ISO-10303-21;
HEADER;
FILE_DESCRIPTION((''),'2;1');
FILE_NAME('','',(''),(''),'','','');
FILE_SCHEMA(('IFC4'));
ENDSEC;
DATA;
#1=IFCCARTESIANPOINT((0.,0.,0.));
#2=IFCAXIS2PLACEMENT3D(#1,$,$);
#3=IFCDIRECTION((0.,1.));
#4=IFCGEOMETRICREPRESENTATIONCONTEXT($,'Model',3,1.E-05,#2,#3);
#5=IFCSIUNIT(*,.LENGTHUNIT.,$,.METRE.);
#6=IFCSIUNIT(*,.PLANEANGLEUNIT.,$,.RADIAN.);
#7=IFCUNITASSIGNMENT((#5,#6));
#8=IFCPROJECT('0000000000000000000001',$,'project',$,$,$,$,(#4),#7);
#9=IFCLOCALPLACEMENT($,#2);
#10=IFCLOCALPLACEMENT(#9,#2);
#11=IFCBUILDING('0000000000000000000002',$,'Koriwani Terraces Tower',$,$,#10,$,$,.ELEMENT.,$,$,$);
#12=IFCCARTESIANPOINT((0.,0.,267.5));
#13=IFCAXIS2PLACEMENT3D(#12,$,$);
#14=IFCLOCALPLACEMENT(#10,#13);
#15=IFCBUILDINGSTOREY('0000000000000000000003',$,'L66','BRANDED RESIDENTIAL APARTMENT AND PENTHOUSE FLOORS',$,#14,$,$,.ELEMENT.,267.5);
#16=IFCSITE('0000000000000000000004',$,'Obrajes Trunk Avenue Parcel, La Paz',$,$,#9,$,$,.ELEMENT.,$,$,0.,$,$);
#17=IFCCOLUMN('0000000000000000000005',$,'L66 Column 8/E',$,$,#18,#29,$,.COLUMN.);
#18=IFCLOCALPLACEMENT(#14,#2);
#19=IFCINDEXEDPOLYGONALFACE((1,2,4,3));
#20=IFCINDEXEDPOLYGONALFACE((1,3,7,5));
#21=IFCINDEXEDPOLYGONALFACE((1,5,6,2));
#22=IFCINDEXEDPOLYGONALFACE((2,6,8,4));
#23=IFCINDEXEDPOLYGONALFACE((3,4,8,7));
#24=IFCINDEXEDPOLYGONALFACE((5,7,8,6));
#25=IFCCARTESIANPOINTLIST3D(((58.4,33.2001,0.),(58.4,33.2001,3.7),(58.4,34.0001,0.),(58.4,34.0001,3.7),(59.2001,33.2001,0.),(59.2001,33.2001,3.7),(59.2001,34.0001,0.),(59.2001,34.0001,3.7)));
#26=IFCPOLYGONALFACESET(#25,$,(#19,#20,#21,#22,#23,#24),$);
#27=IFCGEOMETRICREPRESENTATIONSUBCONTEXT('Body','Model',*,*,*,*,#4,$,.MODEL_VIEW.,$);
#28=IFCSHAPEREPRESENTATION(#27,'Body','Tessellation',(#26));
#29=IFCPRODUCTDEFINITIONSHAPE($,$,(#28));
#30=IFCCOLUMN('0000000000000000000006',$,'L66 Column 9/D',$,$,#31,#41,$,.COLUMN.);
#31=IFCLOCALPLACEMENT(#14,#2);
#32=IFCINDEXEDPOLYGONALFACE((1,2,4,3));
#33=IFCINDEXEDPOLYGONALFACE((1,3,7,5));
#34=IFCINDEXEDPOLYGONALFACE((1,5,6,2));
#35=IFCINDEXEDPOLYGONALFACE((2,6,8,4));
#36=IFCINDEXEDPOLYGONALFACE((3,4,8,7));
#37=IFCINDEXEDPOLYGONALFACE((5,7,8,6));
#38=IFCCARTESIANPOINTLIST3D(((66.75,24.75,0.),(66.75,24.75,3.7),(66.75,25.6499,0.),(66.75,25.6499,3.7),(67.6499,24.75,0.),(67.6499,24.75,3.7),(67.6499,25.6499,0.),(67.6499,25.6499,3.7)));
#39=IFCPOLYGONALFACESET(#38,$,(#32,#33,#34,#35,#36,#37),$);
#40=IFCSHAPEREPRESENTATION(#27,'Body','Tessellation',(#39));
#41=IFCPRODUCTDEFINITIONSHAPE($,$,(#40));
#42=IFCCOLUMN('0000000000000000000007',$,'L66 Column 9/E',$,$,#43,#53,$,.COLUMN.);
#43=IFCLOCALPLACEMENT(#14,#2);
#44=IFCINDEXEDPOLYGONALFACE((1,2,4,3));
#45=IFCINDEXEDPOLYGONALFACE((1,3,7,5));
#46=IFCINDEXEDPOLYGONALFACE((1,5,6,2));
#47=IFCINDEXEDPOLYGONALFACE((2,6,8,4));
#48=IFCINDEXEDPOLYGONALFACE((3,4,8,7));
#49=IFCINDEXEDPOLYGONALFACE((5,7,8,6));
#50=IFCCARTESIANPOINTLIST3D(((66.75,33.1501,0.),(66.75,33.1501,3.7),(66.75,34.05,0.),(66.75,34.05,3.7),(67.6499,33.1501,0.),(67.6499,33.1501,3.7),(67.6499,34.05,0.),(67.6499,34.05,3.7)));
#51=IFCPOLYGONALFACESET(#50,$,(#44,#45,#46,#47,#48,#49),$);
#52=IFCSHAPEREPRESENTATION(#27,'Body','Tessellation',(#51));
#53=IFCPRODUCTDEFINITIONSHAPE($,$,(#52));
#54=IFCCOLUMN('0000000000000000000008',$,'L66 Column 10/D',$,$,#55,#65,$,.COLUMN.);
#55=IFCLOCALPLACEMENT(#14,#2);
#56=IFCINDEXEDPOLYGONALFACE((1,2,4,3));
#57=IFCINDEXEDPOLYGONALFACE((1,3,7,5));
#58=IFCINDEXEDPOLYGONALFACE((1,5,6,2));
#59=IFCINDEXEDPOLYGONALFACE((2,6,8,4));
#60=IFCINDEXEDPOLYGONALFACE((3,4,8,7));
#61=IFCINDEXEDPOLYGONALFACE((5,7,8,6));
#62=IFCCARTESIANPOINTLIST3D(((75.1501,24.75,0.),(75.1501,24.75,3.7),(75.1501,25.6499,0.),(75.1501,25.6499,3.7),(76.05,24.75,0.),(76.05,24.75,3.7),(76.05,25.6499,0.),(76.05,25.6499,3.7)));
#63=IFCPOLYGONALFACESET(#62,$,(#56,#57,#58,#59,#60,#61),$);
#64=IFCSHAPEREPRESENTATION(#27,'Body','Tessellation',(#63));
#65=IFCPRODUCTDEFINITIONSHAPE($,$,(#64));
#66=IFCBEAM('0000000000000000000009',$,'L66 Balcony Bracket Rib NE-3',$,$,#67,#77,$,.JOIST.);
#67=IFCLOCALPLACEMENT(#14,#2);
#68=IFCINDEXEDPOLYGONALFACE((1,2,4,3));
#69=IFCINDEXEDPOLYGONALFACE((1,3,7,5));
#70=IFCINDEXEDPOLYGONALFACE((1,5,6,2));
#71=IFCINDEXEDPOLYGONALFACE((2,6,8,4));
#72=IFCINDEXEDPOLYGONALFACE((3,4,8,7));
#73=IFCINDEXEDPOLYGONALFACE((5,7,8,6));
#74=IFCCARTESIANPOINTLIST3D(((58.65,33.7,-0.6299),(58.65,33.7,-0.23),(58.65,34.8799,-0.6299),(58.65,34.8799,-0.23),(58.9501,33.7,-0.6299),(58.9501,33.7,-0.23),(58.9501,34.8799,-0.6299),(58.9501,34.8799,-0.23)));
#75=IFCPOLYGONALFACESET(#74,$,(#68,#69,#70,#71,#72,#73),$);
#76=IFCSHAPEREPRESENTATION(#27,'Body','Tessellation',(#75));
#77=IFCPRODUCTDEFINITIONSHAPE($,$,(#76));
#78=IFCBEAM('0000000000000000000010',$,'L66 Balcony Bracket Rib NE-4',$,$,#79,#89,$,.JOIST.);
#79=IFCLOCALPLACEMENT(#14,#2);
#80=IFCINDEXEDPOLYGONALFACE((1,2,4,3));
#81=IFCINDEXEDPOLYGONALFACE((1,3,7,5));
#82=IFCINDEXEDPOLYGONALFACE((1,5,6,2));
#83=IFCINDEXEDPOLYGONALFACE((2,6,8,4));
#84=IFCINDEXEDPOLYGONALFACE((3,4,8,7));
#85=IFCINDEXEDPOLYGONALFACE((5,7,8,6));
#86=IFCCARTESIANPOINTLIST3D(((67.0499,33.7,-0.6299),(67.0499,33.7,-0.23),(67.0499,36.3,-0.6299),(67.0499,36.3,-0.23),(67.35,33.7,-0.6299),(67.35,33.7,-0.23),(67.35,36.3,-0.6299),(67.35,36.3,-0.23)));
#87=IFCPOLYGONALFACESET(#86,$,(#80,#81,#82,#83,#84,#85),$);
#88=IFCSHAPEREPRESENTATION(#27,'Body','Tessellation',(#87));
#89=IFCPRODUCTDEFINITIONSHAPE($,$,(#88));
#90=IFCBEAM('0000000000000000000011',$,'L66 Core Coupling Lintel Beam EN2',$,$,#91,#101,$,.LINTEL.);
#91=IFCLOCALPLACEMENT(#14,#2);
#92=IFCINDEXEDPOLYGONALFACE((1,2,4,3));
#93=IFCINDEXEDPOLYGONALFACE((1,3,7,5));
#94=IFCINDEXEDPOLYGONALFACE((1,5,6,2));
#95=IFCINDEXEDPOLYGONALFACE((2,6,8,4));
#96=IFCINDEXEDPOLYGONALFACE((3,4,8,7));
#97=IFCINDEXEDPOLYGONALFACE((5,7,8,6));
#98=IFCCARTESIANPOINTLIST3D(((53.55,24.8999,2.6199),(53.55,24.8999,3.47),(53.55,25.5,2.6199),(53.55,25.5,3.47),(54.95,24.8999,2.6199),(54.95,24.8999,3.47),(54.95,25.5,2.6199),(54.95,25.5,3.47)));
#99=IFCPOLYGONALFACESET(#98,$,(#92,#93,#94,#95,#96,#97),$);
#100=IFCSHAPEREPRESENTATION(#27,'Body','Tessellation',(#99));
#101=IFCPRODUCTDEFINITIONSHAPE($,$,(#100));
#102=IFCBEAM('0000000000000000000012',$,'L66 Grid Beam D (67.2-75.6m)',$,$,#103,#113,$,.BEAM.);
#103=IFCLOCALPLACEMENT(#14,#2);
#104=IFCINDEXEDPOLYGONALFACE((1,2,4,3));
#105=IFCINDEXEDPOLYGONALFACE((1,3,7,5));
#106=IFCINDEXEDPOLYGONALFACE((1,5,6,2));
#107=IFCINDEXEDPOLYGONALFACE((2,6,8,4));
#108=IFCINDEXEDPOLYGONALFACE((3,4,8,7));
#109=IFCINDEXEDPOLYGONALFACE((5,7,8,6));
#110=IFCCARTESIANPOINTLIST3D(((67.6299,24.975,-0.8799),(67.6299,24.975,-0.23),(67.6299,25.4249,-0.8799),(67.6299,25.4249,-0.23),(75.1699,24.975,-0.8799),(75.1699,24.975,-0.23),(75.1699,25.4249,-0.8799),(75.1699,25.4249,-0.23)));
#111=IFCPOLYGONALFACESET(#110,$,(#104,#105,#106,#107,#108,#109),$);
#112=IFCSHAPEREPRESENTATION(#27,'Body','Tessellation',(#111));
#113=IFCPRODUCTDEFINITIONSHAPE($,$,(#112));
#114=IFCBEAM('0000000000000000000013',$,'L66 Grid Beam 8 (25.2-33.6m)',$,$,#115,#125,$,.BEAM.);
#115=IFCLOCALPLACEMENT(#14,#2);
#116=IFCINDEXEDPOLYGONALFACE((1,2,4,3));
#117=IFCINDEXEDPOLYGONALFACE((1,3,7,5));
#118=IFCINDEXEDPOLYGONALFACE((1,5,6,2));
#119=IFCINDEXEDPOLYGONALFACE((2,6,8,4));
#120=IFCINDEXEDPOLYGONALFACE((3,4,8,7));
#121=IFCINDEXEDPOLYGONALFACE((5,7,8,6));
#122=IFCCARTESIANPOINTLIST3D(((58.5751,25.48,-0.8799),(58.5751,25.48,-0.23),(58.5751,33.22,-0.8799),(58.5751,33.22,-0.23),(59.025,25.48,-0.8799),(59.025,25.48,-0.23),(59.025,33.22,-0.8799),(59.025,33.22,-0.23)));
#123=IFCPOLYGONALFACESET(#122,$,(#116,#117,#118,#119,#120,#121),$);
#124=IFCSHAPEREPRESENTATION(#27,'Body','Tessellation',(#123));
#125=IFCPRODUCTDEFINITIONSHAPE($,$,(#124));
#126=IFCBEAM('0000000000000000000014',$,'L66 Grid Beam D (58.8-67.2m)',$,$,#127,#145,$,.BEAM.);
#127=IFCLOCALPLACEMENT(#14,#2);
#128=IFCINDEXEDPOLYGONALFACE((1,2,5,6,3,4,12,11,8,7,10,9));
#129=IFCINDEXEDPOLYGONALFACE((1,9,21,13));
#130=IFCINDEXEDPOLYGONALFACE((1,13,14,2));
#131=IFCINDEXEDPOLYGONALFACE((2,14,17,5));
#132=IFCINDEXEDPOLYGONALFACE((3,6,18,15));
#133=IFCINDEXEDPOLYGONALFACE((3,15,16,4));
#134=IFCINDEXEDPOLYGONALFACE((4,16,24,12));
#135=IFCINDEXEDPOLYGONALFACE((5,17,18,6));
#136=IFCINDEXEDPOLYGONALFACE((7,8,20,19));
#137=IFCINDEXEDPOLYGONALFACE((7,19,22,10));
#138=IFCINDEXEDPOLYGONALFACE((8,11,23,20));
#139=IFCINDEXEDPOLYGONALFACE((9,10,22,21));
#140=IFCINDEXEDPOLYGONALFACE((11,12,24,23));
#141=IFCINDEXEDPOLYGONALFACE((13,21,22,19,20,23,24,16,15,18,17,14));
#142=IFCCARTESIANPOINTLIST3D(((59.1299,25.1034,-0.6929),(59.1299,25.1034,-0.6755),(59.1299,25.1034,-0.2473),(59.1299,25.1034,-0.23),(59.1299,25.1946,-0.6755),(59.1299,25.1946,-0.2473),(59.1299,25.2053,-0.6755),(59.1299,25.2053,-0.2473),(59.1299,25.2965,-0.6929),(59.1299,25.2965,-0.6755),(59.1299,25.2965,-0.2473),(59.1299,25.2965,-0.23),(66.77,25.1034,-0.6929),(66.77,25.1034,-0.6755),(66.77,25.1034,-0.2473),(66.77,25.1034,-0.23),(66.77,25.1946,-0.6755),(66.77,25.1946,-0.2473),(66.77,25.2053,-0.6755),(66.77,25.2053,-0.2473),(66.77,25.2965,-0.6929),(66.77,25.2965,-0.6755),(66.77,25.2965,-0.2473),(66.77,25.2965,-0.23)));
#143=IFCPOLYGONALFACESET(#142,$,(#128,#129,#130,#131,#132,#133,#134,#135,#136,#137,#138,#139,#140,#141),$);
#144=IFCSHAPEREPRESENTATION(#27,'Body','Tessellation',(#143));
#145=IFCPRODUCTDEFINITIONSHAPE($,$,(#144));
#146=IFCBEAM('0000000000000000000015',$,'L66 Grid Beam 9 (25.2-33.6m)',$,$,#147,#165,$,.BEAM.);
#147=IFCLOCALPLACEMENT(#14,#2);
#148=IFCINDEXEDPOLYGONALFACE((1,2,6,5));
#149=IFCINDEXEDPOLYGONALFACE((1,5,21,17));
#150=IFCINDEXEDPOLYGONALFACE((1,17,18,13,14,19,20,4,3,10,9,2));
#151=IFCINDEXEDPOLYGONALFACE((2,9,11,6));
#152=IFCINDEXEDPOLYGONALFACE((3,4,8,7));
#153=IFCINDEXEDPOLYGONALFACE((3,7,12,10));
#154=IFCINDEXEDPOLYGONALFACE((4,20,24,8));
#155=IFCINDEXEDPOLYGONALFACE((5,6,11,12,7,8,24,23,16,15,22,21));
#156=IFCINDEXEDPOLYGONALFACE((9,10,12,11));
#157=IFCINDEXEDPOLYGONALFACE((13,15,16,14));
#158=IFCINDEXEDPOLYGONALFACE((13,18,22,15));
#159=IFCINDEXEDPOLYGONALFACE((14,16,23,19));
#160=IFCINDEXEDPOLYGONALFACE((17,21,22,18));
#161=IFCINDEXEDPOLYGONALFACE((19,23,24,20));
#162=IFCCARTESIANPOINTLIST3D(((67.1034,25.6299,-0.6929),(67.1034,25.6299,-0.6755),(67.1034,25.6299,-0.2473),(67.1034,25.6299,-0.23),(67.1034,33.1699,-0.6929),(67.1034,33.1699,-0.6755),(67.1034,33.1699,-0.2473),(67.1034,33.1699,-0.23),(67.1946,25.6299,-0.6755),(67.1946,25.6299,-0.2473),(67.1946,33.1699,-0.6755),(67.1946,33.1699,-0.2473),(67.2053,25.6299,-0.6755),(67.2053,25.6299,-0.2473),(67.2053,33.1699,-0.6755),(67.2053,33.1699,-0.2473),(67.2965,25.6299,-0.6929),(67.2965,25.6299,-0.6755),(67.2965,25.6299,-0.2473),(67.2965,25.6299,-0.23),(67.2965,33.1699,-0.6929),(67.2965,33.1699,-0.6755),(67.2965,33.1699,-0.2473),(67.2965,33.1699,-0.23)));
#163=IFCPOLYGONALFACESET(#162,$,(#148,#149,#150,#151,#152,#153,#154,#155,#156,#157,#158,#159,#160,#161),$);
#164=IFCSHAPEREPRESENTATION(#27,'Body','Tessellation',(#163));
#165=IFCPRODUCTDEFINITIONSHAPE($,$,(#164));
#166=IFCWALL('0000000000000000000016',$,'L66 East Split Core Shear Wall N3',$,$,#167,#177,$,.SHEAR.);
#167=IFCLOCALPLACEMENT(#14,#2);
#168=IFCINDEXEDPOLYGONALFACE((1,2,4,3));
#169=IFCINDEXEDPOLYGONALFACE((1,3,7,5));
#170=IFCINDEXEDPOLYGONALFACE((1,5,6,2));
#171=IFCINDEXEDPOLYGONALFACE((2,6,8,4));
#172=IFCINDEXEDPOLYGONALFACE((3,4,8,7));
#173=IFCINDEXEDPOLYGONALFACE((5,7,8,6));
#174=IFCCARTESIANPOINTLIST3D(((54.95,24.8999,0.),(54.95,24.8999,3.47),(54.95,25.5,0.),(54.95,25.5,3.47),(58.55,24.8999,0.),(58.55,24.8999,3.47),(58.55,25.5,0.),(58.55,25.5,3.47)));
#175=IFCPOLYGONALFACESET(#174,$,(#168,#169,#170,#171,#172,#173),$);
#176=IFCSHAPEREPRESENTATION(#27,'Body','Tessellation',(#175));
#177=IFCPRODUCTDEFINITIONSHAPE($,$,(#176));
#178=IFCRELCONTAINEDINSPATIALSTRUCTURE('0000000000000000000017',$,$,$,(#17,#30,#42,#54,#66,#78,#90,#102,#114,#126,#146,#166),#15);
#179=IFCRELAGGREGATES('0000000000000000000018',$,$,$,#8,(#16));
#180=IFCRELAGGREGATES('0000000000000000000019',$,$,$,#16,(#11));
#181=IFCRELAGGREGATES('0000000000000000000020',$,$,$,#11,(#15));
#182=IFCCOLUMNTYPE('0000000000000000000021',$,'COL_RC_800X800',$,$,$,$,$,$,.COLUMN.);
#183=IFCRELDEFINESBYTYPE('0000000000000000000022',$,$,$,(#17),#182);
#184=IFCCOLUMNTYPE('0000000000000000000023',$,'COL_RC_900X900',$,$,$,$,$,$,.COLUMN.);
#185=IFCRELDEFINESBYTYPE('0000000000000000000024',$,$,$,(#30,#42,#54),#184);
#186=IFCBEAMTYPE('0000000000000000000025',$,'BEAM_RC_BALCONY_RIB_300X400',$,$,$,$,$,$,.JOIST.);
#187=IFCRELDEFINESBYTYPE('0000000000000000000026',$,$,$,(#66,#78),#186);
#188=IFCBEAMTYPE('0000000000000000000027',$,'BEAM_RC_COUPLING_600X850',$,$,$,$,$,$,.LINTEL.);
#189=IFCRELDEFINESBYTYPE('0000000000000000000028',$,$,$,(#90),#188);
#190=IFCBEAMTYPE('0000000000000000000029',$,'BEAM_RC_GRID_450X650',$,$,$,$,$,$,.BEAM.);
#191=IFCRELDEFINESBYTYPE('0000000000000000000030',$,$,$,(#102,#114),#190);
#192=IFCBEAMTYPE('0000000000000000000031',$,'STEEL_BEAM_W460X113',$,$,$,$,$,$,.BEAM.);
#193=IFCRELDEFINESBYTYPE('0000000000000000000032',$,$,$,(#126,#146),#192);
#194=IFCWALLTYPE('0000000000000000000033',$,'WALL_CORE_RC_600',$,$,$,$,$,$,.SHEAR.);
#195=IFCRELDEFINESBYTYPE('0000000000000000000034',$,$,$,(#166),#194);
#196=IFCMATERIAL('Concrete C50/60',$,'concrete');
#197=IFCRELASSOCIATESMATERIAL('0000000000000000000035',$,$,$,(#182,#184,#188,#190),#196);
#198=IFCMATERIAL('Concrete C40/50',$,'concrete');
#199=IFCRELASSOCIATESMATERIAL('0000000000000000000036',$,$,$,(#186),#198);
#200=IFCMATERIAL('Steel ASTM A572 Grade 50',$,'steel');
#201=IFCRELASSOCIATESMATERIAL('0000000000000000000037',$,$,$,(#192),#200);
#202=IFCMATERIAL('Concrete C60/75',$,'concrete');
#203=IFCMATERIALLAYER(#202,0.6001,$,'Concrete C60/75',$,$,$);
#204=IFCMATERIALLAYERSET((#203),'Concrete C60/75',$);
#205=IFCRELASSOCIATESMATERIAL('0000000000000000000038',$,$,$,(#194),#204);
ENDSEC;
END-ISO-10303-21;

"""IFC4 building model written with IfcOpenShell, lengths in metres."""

from ifc_helpers import new_model, si_unit, direction, frame, frame_2d, origin, origin_2d, place, context, subcontext, project, spatial, rectangle, i_section, extrude, material, layer, layer_set, material_profile, profile_set, type_object, element, save


model = new_model("IFC4")

# Units and contexts
model_context = context("Model", 3, precision=1e-05, world=origin(), true_north=direction((0.0, 1.0)))
body_context = subcontext(model_context, "Body", "Model", "MODEL_VIEW")
ifc_project = project(units=[si_unit("LENGTHUNIT", "METRE"), si_unit("PLANEANGLEUNIT", "RADIAN")], contexts=[model_context])

# Site, building, storey
site_placement = place(None, origin())
site = spatial("IfcSite", under=ifc_project, at=site_placement, Name="Obrajes Trunk Avenue Parcel, La Paz", CompositionType="ELEMENT", RefElevation=0.0)
building_placement = place(site_placement, origin())
building = spatial("IfcBuilding", under=site, at=building_placement, Name="Koriwani Terraces Tower", CompositionType="ELEMENT")
storey_placement = place(building_placement, frame((0.0, 0.0, 267.5)))
storey = spatial("IfcBuildingStorey", under=building, at=storey_placement, Name="L66", Description="BRANDED RESIDENTIAL APARTMENT AND PENTHOUSE FLOORS", CompositionType="ELEMENT", Elevation=267.5)

# Columns
ifc_material_1 = material(Name="Concrete C50/60", Category="concrete")
ifc_material_profile_1 = material_profile(ifc_material_1, rectangle(XDim=0.8, YDim=0.8, at=origin_2d()), Name="Concrete C50/60", Category="LoadBearing")
ifc_profile_set_1 = profile_set([ifc_material_profile_1], Name="Concrete C50/60")
column_type_1 = type_object("IfcColumnType", Name="COL_RC_800X800", PredefinedType="COLUMN", material=ifc_profile_set_1)
column_placement = place(storey_placement, frame((58.8, 33.6001, 0.0), z_axis=(0.0, 0.0, 1.0), x_axis=(1.0, 0.0, 0.0)))
element("IfcColumn", 1, at=column_placement, inside=storey, type_object=column_type_1, Name="L66 Column 8/E", PredefinedType="COLUMN", context=body_context, shape_type="SweptSolid", body=[
    extrude(rectangle(XDim=0.8, YDim=0.8, at=origin_2d()), origin(), (0.0, 0.0, 1.0), 3.7),
])
ifc_material_profile_2 = material_profile(ifc_material_1, rectangle(XDim=0.8999, YDim=0.8999, at=origin_2d()), Name="Concrete C50/60", Category="LoadBearing")
ifc_profile_set_2 = profile_set([ifc_material_profile_2], Name="Concrete C50/60")
column_type_2 = type_object("IfcColumnType", Name="COL_RC_900X900", PredefinedType="COLUMN", material=ifc_profile_set_2)
for number, where, z_axis, x_axis, name in (
    (2, (67.2, 25.2, 0.0), (0.0, 0.0, 1.0), (1.0, 0.0, 0.0), "L66 Column 9/D"),
    (3, (67.2, 33.6001, 0.0), (0.0, 0.0, 1.0), (1.0, 0.0, 0.0), "L66 Column 9/E"),
    (4, (75.6001, 25.2, 0.0), (0.0, 0.0, 1.0), (1.0, 0.0, 0.0), "L66 Column 10/D"),
):
    element("IfcColumn", number, at=place(storey_placement, frame(where, z_axis=z_axis, x_axis=x_axis)), inside=storey, type_object=column_type_2, Name=name, PredefinedType="COLUMN", context=body_context, shape_type="SweptSolid", body=[
        extrude(rectangle(XDim=0.8999, YDim=0.8999, at=origin_2d()), origin(), (0.0, 0.0, 1.0), 3.7),
    ])

# Beams
ifc_material_2 = material(Name="Concrete C40/50", Category="concrete")
ifc_material_profile_3 = material_profile(ifc_material_2, rectangle(XDim=0.3, YDim=0.3999, at=origin_2d()), Name="Concrete C40/50", Category="LoadBearing")
ifc_profile_set_3 = profile_set([ifc_material_profile_3], Name="Concrete C40/50")
beam_type_1 = type_object("IfcBeamType", Name="BEAM_RC_BALCONY_RIB_300X400", PredefinedType="JOIST", material=ifc_profile_set_3)
beam_1_placement = place(storey_placement, frame((58.8, 33.7, -0.4299), z_axis=(0.0, 1.0, 0.0), x_axis=(-1.0, 0.0, 0.0)))
element("IfcBeam", 5, at=beam_1_placement, inside=storey, type_object=beam_type_1, Name="L66 Balcony Bracket Rib NE-3", PredefinedType="JOIST", context=body_context, shape_type="SweptSolid", body=[
    extrude(rectangle(XDim=0.3, YDim=0.3999, at=origin_2d()), origin(), (0.0, 0.0, 1.0), 1.1799),
])
beam_2_placement = place(storey_placement, frame((67.2, 33.7, -0.4299), z_axis=(0.0, 1.0, 0.0), x_axis=(-1.0, 0.0, 0.0)))
element("IfcBeam", 6, at=beam_2_placement, inside=storey, type_object=beam_type_1, Name="L66 Balcony Bracket Rib NE-4", PredefinedType="JOIST", context=body_context, shape_type="SweptSolid", body=[
    extrude(rectangle(XDim=0.3, YDim=0.3999, at=origin_2d()), origin(), (0.0, 0.0, 1.0), 2.6001),
])
ifc_material_profile_4 = material_profile(ifc_material_1, rectangle(XDim=0.6001, YDim=0.8501, at=origin_2d()), Name="Concrete C50/60", Category="LoadBearing")
ifc_profile_set_4 = profile_set([ifc_material_profile_4], Name="Concrete C50/60")
beam_type_2 = type_object("IfcBeamType", Name="BEAM_RC_COUPLING_600X850", PredefinedType="LINTEL", material=ifc_profile_set_4)
beam_3_placement = place(storey_placement, frame((53.55, 25.2, 3.0449), z_axis=(1.0, 0.0, 0.0), x_axis=(0.0, 1.0, 0.0)))
element("IfcBeam", 7, at=beam_3_placement, inside=storey, type_object=beam_type_2, Name="L66 Core Coupling Lintel Beam EN2", PredefinedType="LINTEL", context=body_context, shape_type="SweptSolid", body=[
    extrude(rectangle(XDim=0.6001, YDim=0.8501, at=origin_2d()), origin(), (0.0, 0.0, 1.0), 1.3999),
])
ifc_material_profile_5 = material_profile(ifc_material_1, rectangle(XDim=0.45, YDim=0.6499, at=origin_2d()), Name="Concrete C50/60", Category="LoadBearing")
ifc_profile_set_5 = profile_set([ifc_material_profile_5], Name="Concrete C50/60")
beam_type_3 = type_object("IfcBeamType", Name="BEAM_RC_GRID_450X650", PredefinedType="BEAM", material=ifc_profile_set_5)
beam_4_placement = place(storey_placement, frame((67.6299, 25.2, -0.5549), z_axis=(1.0, 0.0, 0.0), x_axis=(0.0, 1.0, 0.0)))
element("IfcBeam", 8, at=beam_4_placement, inside=storey, type_object=beam_type_3, Name="L66 Grid Beam D (67.2-75.6m)", PredefinedType="BEAM", context=body_context, shape_type="SweptSolid", body=[
    extrude(rectangle(XDim=0.45, YDim=0.6499, at=origin_2d()), origin(), (0.0, 0.0, 1.0), 7.54),
])
beam_5_placement = place(storey_placement, frame((58.8, 25.48, -0.5549), z_axis=(0.0, 1.0, 0.0), x_axis=(-1.0, 0.0, 0.0)))
element("IfcBeam", 9, at=beam_5_placement, inside=storey, type_object=beam_type_3, Name="L66 Grid Beam 8 (25.2-33.6m)", PredefinedType="BEAM", context=body_context, shape_type="SweptSolid", body=[
    extrude(rectangle(XDim=0.45, YDim=0.6499, at=origin_2d()), origin(), (0.0, 0.0, 1.0), 7.74),
])
ifc_material_3 = material(Name="Steel ASTM A572 Grade 50", Category="steel")
ifc_material_profile_6 = material_profile(ifc_material_3, i_section(OverallWidth=0.1931, OverallDepth=0.4629, WebThickness=0.0107, FlangeThickness=0.0173, at=origin_2d()), Name="Steel ASTM A572 Grade 50", Category="LoadBearing")
ifc_profile_set_6 = profile_set([ifc_material_profile_6], Name="Steel ASTM A572 Grade 50")
beam_type_4 = type_object("IfcBeamType", Name="STEEL_BEAM_W460X113", PredefinedType="BEAM", material=ifc_profile_set_6)
beam_6_placement = place(storey_placement, frame((59.1299, 25.2, -0.4614), z_axis=(1.0, 0.0, 0.0), x_axis=(0.0, 1.0, 0.0)))
element("IfcBeam", 10, at=beam_6_placement, inside=storey, type_object=beam_type_4, Name="L66 Grid Beam D (58.8-67.2m)", PredefinedType="BEAM", context=body_context, shape_type="SweptSolid", body=[
    extrude(i_section(OverallWidth=0.1931, OverallDepth=0.4629, WebThickness=0.0107, FlangeThickness=0.0173, at=origin_2d()), origin(), (0.0, 0.0, 1.0), 7.6401),
])
beam_7_placement = place(storey_placement, frame((67.2, 25.6299, -0.4614), z_axis=(0.0, 1.0, 0.0), x_axis=(-1.0, 0.0, 0.0)))
element("IfcBeam", 11, at=beam_7_placement, inside=storey, type_object=beam_type_4, Name="L66 Grid Beam 9 (25.2-33.6m)", PredefinedType="BEAM", context=body_context, shape_type="SweptSolid", body=[
    extrude(i_section(OverallWidth=0.1931, OverallDepth=0.4629, WebThickness=0.0107, FlangeThickness=0.0173, at=origin_2d()), origin(), (0.0, 0.0, 1.0), 7.54),
])

# Wall
ifc_material_4 = material(Name="Concrete C60/75", Category="concrete")
ifc_layer_1 = layer(ifc_material_4, 0.6001, Name="Concrete C60/75")
ifc_layer_set_1 = layer_set([ifc_layer_1], Name="Concrete C60/75")
wall_type_1 = type_object("IfcWallType", Name="WALL_CORE_RC_600", PredefinedType="SHEAR", material=ifc_layer_set_1)
wall_1_placement = place(storey_placement, frame((54.95, 25.2, 0.0), z_axis=(0.0, 0.0, 1.0), x_axis=(1.0, 0.0, 0.0)))
element("IfcWall", 12, at=wall_1_placement, inside=storey, type_object=wall_type_1, Name="L66 East Split Core Shear Wall N3", PredefinedType="SHEAR", context=body_context, shape_type="SweptSolid", body=[
    extrude(rectangle(XDim=3.6001, YDim=0.6001, at=frame_2d((1.8, 0.0))), origin(), (0.0, 0.0, 1.0), 3.47),
])

save(model, "model.ifc")
